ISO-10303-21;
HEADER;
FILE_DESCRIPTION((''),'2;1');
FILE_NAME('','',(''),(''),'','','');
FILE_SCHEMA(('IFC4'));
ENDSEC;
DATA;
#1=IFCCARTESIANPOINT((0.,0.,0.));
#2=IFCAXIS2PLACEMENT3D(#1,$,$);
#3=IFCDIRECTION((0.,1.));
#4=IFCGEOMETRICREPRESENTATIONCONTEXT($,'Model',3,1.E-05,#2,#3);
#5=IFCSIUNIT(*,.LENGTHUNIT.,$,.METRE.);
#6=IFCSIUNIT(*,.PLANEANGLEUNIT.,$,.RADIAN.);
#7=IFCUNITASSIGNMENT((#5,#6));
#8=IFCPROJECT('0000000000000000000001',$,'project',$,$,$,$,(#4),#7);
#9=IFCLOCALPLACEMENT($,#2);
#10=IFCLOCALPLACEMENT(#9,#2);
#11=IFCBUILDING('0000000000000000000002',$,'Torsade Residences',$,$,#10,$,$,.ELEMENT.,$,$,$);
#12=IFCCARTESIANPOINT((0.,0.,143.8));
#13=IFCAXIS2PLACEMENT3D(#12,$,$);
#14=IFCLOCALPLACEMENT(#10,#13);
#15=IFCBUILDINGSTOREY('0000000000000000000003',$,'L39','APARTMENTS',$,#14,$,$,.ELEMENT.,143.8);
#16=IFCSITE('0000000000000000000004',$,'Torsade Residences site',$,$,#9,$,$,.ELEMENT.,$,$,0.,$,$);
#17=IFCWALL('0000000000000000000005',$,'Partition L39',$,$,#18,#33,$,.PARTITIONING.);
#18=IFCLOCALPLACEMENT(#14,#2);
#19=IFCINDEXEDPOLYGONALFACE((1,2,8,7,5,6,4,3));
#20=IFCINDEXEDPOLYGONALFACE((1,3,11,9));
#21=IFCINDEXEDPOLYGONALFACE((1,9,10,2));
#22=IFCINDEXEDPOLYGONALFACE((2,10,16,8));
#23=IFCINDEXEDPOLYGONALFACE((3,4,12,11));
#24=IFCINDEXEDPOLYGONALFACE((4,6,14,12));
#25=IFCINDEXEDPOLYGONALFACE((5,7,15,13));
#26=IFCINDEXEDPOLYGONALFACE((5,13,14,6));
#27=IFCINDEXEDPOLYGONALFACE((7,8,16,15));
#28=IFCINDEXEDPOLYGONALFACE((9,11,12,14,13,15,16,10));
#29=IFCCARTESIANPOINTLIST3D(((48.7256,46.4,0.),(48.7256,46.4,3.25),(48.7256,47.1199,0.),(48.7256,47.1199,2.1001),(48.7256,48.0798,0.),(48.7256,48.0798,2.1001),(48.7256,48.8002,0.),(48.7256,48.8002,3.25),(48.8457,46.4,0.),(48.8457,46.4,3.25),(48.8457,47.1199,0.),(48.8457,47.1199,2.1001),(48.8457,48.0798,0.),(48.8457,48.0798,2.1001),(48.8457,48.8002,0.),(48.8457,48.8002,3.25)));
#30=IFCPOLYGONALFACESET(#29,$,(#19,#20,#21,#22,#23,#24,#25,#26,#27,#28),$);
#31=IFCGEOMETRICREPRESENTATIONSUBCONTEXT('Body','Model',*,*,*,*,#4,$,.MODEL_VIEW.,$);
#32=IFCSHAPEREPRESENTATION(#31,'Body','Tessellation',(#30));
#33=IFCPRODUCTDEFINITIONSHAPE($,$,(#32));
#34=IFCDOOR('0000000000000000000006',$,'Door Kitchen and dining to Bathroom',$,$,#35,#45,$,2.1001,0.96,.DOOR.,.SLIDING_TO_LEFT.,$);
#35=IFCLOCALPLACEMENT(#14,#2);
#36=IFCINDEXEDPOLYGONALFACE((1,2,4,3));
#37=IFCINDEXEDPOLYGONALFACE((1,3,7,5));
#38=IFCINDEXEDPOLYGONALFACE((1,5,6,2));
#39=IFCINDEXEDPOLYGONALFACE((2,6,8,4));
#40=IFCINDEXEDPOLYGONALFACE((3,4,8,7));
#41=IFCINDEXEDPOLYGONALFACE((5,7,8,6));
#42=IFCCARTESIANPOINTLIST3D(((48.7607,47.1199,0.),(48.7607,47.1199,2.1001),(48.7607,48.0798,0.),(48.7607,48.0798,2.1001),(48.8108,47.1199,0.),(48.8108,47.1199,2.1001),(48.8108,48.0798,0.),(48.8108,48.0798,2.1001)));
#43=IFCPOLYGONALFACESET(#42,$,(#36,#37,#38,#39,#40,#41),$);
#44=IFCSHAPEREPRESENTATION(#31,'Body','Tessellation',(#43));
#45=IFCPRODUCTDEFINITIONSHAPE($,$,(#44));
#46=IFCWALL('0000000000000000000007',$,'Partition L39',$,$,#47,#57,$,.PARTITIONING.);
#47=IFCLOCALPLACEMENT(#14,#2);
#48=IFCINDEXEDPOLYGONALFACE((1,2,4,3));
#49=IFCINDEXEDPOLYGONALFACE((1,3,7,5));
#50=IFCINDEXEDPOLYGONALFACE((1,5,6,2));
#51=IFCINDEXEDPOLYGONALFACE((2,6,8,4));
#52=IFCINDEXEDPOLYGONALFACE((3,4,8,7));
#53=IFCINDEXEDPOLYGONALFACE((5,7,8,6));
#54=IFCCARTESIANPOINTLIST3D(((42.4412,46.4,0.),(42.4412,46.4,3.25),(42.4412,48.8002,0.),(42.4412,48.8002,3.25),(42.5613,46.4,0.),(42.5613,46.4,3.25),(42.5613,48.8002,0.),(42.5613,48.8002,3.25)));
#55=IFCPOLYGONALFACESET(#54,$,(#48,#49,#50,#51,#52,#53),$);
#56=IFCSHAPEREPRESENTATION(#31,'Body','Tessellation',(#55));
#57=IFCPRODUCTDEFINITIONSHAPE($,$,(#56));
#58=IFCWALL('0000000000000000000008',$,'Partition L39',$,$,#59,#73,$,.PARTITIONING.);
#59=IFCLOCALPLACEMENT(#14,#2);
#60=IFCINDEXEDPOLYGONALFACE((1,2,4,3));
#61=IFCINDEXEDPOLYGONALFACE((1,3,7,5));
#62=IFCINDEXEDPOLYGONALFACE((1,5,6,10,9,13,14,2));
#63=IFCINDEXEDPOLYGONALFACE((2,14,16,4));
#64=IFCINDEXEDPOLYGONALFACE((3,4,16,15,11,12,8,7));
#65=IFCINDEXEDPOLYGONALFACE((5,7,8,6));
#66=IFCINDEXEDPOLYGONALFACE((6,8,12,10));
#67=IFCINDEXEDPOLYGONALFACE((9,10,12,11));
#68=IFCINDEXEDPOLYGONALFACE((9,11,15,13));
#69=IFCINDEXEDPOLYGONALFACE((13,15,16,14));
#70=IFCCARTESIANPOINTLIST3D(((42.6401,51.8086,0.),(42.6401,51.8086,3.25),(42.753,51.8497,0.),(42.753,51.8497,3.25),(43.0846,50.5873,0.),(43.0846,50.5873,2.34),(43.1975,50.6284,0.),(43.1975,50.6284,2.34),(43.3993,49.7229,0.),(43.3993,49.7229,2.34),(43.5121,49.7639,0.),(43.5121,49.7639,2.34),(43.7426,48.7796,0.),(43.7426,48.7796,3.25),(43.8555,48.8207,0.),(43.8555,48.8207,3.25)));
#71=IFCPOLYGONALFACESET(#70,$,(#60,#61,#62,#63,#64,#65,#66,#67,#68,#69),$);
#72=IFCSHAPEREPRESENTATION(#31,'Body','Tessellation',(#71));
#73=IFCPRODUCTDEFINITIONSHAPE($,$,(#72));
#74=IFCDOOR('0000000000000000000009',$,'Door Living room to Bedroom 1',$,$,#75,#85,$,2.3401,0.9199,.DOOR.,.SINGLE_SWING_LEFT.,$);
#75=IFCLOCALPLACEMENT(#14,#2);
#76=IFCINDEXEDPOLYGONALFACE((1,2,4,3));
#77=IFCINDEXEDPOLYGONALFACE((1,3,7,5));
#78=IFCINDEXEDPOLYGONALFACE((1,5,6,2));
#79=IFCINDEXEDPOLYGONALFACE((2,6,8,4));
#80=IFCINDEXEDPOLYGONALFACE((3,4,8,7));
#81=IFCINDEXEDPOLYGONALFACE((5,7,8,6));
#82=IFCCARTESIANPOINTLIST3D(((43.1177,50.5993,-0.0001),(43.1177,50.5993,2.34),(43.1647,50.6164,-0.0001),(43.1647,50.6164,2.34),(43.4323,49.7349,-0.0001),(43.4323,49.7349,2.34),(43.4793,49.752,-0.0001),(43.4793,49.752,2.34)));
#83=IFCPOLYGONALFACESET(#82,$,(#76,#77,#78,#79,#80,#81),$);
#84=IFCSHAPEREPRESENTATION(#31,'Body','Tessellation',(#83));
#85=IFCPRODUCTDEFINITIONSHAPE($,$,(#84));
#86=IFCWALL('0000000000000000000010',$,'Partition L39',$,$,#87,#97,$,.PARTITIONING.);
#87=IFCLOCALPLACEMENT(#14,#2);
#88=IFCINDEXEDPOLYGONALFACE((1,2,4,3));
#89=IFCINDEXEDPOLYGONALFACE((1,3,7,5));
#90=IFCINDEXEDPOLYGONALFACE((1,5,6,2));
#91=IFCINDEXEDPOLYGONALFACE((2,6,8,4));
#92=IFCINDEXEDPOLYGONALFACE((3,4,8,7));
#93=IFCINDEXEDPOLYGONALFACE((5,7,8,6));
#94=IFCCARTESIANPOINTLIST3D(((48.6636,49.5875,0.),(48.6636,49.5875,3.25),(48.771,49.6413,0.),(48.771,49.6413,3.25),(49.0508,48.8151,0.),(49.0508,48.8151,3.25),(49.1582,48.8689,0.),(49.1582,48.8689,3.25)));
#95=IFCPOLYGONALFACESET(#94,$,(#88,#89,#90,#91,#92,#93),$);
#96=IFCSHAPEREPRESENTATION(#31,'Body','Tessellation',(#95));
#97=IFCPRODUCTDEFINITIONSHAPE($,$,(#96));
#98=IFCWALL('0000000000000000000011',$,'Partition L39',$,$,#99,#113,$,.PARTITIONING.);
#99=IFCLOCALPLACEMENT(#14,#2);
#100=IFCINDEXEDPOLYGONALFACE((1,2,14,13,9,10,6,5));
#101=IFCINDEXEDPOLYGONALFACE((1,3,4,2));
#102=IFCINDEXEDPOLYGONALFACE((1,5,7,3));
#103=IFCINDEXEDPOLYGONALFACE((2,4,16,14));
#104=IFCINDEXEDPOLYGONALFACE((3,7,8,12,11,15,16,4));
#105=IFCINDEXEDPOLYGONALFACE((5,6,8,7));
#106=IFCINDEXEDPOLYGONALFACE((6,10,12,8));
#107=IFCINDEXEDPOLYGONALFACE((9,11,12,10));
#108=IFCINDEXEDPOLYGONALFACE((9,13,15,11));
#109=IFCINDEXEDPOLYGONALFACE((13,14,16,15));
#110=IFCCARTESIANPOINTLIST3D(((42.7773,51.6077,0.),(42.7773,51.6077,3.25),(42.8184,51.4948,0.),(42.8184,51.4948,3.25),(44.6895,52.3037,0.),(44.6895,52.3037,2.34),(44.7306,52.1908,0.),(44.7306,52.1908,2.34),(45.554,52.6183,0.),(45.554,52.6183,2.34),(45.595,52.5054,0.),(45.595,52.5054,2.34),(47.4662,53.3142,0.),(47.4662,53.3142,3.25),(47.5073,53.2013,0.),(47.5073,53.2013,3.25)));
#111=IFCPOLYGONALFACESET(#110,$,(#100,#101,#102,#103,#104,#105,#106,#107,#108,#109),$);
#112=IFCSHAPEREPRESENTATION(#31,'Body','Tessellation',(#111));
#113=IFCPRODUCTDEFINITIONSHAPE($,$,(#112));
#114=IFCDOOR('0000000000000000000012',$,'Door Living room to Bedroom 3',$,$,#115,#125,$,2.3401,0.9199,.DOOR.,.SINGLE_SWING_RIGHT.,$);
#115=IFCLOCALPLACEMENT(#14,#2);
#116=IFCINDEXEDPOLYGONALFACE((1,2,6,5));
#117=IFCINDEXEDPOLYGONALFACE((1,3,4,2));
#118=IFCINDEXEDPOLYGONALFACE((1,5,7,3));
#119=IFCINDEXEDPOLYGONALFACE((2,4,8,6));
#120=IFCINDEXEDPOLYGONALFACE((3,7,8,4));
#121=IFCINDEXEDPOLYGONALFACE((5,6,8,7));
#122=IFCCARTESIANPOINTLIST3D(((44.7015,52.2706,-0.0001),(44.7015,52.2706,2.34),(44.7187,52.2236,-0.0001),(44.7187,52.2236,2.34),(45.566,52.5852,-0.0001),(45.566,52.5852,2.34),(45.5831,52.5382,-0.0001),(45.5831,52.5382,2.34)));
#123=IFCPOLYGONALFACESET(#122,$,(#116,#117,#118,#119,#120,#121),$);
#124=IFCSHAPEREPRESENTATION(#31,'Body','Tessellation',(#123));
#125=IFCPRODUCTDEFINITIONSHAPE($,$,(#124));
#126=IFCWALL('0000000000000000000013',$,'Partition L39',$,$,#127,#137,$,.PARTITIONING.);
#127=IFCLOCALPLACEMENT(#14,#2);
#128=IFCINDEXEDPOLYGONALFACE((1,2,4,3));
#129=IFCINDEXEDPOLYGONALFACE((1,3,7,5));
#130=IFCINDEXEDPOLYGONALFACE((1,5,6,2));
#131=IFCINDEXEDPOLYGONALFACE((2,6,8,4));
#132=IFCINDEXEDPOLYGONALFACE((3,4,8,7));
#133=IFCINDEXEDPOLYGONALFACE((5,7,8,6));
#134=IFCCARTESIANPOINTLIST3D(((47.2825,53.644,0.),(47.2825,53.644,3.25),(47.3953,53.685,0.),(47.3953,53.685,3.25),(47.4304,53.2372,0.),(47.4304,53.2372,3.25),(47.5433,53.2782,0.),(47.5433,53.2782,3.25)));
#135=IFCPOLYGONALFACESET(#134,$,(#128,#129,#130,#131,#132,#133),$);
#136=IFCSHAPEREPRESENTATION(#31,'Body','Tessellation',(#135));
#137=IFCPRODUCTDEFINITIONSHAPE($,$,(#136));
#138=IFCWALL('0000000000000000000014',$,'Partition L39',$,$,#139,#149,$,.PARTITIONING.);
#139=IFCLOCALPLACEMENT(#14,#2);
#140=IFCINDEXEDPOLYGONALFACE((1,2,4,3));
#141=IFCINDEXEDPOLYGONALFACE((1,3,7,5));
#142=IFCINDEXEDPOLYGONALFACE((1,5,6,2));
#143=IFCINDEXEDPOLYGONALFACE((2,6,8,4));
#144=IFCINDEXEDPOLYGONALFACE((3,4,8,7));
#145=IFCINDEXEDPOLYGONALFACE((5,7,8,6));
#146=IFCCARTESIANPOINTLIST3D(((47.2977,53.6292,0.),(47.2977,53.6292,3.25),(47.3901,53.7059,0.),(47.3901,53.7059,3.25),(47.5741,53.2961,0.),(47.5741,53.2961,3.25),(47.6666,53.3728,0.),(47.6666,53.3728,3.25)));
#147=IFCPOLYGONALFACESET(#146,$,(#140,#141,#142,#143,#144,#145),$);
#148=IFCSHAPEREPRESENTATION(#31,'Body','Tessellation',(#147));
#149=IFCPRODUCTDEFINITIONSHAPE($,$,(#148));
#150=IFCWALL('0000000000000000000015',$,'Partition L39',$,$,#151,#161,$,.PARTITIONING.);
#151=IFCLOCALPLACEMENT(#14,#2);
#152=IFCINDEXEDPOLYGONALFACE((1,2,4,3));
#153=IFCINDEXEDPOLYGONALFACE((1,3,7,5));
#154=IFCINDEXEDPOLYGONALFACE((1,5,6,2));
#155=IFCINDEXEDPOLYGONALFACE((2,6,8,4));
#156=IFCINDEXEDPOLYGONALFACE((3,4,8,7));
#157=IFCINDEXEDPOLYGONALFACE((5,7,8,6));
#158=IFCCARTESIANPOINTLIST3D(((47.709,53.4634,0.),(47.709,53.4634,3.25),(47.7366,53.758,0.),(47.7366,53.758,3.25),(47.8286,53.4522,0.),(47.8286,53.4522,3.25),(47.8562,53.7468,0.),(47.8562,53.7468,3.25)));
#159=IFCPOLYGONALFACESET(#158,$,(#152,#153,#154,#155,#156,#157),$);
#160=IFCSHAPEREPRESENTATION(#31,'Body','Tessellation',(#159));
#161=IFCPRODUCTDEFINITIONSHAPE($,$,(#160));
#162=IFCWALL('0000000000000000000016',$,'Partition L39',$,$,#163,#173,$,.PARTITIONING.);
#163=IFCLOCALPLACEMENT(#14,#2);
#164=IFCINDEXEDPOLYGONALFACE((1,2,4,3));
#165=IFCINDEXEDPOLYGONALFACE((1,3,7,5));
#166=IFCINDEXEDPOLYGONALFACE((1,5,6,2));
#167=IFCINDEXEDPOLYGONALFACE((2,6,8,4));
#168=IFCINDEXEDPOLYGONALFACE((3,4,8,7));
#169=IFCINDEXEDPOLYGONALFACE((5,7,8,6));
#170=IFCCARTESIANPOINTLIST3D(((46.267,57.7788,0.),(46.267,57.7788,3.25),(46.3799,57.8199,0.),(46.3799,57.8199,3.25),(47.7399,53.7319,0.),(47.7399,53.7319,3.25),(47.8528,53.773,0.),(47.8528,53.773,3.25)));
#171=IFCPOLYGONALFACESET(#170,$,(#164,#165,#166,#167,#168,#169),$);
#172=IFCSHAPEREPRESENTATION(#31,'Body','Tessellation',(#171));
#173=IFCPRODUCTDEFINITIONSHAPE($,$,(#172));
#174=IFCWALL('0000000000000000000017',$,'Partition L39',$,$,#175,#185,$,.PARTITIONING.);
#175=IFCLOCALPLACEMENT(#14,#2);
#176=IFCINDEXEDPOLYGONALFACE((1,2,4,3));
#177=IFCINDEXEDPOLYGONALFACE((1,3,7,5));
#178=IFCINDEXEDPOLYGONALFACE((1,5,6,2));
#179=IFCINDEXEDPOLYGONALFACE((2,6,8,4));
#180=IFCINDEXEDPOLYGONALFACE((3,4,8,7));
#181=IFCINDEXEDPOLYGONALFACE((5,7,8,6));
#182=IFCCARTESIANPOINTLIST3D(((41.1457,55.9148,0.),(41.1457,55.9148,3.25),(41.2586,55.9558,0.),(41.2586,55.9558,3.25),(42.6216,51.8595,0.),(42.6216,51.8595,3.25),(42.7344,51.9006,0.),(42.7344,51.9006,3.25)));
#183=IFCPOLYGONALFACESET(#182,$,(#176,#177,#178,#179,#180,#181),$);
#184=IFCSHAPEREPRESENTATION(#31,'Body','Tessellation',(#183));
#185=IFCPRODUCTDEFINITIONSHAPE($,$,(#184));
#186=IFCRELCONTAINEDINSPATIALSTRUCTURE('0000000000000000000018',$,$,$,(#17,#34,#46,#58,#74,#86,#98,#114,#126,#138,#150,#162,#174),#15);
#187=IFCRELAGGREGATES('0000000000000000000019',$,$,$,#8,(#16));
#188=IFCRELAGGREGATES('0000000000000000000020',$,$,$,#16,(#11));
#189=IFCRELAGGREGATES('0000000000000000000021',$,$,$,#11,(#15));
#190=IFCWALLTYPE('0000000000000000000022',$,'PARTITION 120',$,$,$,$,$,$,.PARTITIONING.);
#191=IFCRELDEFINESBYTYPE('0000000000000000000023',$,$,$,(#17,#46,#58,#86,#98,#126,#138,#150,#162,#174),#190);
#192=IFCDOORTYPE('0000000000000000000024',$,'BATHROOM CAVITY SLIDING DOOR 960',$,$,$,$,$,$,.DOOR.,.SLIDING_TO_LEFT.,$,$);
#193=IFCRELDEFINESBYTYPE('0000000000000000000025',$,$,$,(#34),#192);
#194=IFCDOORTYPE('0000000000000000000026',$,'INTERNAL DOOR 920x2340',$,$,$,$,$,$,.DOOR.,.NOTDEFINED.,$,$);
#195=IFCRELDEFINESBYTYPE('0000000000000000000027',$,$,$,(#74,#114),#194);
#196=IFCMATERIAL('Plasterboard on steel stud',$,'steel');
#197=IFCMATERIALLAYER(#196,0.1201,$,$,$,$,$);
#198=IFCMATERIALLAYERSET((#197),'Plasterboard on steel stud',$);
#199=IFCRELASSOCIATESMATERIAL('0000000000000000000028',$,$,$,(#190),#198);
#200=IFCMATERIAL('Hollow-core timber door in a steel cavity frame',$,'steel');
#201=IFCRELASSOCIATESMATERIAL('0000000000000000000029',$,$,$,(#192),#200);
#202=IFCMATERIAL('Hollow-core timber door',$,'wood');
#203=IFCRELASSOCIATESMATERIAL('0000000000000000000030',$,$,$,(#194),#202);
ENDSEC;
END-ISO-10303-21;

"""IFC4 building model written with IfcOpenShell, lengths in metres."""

from ifc_helpers import new_model, si_unit, direction, frame, frame_2d, origin, place, context, subcontext, project, spatial, rectangle, extrude, material, layer, layer_set, type_object, element, fill, save


model = new_model("IFC4")

# Units and contexts
model_context = context("Model", 3, precision=1e-05, world=origin(), true_north=direction((0.0, 1.0)))
body_context = subcontext(model_context, "Body", "Model", "MODEL_VIEW")
ifc_project = project(units=[si_unit("LENGTHUNIT", "METRE"), si_unit("PLANEANGLEUNIT", "RADIAN")], contexts=[model_context])

# Site, building, storey
site_placement = place(None, origin())
site = spatial("IfcSite", under=ifc_project, at=site_placement, Name="Torsade Residences site", CompositionType="ELEMENT", RefElevation=0.0)
building_placement = place(site_placement, origin())
building = spatial("IfcBuilding", under=site, at=building_placement, Name="Torsade Residences", CompositionType="ELEMENT")
storey_placement = place(building_placement, frame((0.0, 0.0, 143.8)))
storey = spatial("IfcBuildingStorey", under=building, at=storey_placement, Name="L39", Description="APARTMENTS", CompositionType="ELEMENT", Elevation=143.8)

# Wall, opening, door
ifc_material_1 = material(Name="Plasterboard on steel stud", Category="steel")
ifc_layer_1 = layer(ifc_material_1, 0.1201)
ifc_layer_set_1 = layer_set([ifc_layer_1], Name="Plasterboard on steel stud")
wall_type = type_object("IfcWallType", Name="PARTITION 120", PredefinedType="PARTITIONING", material=ifc_layer_set_1)
wall_1_placement = place(storey_placement, frame((48.7856, 46.3999, 0.0), z_axis=(0.0, 0.0, 1.0), x_axis=(0.0, 1.0, 0.0)))
wall_1 = element("IfcWall", 1, at=wall_1_placement, inside=storey, type_object=wall_type, Name="Partition L39", PredefinedType="PARTITIONING", context=body_context, shape_type="SweptSolid", body=[
    extrude(rectangle(XDim=2.4001, YDim=0.1201, at=frame_2d((1.2002, 0.0))), origin(), (0.0, 0.0, 1.0), 3.25),
])
opening_1_placement = place(wall_1_placement, frame((0.72, 0.0, 0.0)))
opening_1 = element("IfcOpeningElement", 2, at=opening_1_placement, cuts=wall_1, PredefinedType="OPENING", context=body_context, shape_type="SweptSolid", body=[
    extrude(rectangle(XDim=0.96, YDim=2.1001, at=frame_2d((0.48, 1.05))), frame((0.0, 0.0701, 0.0), z_axis=(0.0, -1.0, 0.0), x_axis=(1.0, 0.0, 0.0)), (0.0, 0.0, 1.0), 0.1401),
])
ifc_material_2 = material(Name="Hollow-core timber door in a steel cavity frame", Category="steel")
door_type_1 = type_object("IfcDoorType", Name="BATHROOM CAVITY SLIDING DOOR 960", OperationType="SLIDING_TO_LEFT", PredefinedType="DOOR", material=ifc_material_2)
door_1_placement = place(opening_1_placement, origin())
door_1 = element("IfcDoor", 3, at=door_1_placement, inside=storey, type_object=door_type_1, Name="Door Kitchen and dining to Bathroom", OperationType="SLIDING_TO_LEFT", OverallHeight=2.1001, OverallWidth=0.96, PredefinedType="DOOR", context=body_context, shape_type="SweptSolid", body=[
    extrude(rectangle(XDim=0.96, YDim=2.1001, at=frame_2d((0.48, 1.05))), frame((0.0, 0.0249, 0.0), z_axis=(0.0, -1.0, 0.0), x_axis=(1.0, 0.0, 0.0)), (0.0, 0.0, 1.0), 0.05),
])
fill(opening_1, door_1)

# Wall
wall_2_placement = place(storey_placement, frame((42.5012, 46.3999, 0.0), z_axis=(0.0, 0.0, 1.0), x_axis=(0.0, 1.0, 0.0)))
element("IfcWall", 4, at=wall_2_placement, inside=storey, type_object=wall_type, Name="Partition L39", PredefinedType="PARTITIONING", context=body_context, shape_type="SweptSolid", body=[
    extrude(rectangle(XDim=2.4001, YDim=0.1201, at=frame_2d((1.2002, 0.0))), origin(), (0.0, 0.0, 1.0), 3.25),
])

# Wall, opening, door
wall_3_placement = place(storey_placement, frame((43.7991, 48.8, 0.0), z_axis=(0.0, 0.0, 1.0), x_axis=(-0.342035, 0.939687, 0.0)))
wall_3 = element("IfcWall", 5, at=wall_3_placement, inside=storey, type_object=wall_type, Name="Partition L39", PredefinedType="PARTITIONING", context=body_context, shape_type="SweptSolid", body=[
    extrude(rectangle(XDim=3.2234, YDim=0.1201, at=frame_2d((1.6118, 0.0))), origin(), (0.0, 0.0, 1.0), 3.25),
])
opening_2_placement = place(wall_3_placement, frame((1.0039, 0.0, 0.0)))
opening_2 = element("IfcOpeningElement", 6, at=opening_2_placement, cuts=wall_3, PredefinedType="OPENING", context=body_context, shape_type="SweptSolid", body=[
    extrude(rectangle(XDim=0.9199, YDim=2.3401, at=frame_2d((0.46, 1.1699))), frame((0.0, 0.0701, 0.0), z_axis=(0.0, -1.0, 0.0), x_axis=(1.0, 0.0, 0.0)), (0.0, 0.0, 1.0), 0.1401),
])
ifc_material_3 = material(Name="Hollow-core timber door", Category="wood")
door_type_2 = type_object("IfcDoorType", Name="INTERNAL DOOR 920x2340", OperationType="NOTDEFINED", PredefinedType="DOOR", material=ifc_material_3)
door_2_placement = place(opening_2_placement, origin())
door_2 = element("IfcDoor", 7, at=door_2_placement, inside=storey, type_object=door_type_2, Name="Door Living room to Bedroom 1", OperationType="SINGLE_SWING_LEFT", OverallHeight=2.3401, OverallWidth=0.9199, PredefinedType="DOOR", context=body_context, shape_type="SweptSolid", body=[
    extrude(rectangle(XDim=0.9199, YDim=2.3401, at=frame_2d((0.46, 1.1699))), frame((0.0, 0.0249, 0.0), z_axis=(0.0, -1.0, 0.0), x_axis=(1.0, 0.0, 0.0)), (0.0, 0.0, 1.0), 0.05),
])
fill(opening_2, door_2)

# Wall
wall_4_placement = place(storey_placement, frame((48.7173, 49.6145, 0.0), z_axis=(0.0, 0.0, 1.0), x_axis=(0.448118, -0.893975, 0.0)))
element("IfcWall", 8, at=wall_4_placement, inside=storey, type_object=wall_type, Name="Partition L39", PredefinedType="PARTITIONING", context=body_context, shape_type="SweptSolid", body=[
    extrude(rectangle(XDim=0.864, YDim=0.1201, at=frame_2d((0.4321, 0.0))), origin(), (0.0, 0.0, 1.0), 3.25),
])

# Wall, opening, door
wall_5_placement = place(storey_placement, frame((42.7979, 51.5513, 0.0), z_axis=(0.0, 0.0, 1.0), x_axis=(0.939699, 0.342002, 0.0)))
wall_5 = element("IfcWall", 9, at=wall_5_placement, inside=storey, type_object=wall_type, Name="Partition L39", PredefinedType="PARTITIONING", context=body_context, shape_type="SweptSolid", body=[
    extrude(rectangle(XDim=4.9897, YDim=0.1201, at=frame_2d((2.4949, 0.0))), origin(), (0.0, 0.0, 1.0), 3.25),
])
opening_3_placement = place(wall_5_placement, frame((2.0349, 0.0, 0.0)))
opening_3 = element("IfcOpeningElement", 10, at=opening_3_placement, cuts=wall_5, PredefinedType="OPENING", context=body_context, shape_type="SweptSolid", body=[
    extrude(rectangle(XDim=0.9199, YDim=2.3401, at=frame_2d((0.46, 1.1699))), frame((0.0, 0.0701, 0.0), z_axis=(0.0, -1.0, 0.0), x_axis=(1.0, 0.0, 0.0)), (0.0, 0.0, 1.0), 0.1401),
])
door_3_placement = place(opening_3_placement, origin())
door_3 = element("IfcDoor", 11, at=door_3_placement, inside=storey, type_object=door_type_2, Name="Door Living room to Bedroom 3", OperationType="SINGLE_SWING_RIGHT", OverallHeight=2.3401, OverallWidth=0.9199, PredefinedType="DOOR", context=body_context, shape_type="SweptSolid", body=[
    extrude(rectangle(XDim=0.9199, YDim=2.3401, at=frame_2d((0.46, 1.1699))), frame((0.0, 0.0249, 0.0), z_axis=(0.0, -1.0, 0.0), x_axis=(1.0, 0.0, 0.0)), (0.0, 0.0, 1.0), 0.05),
])
fill(opening_3, door_3)

# Walls
for number, where, z_axis, x_axis, name in (
    (12, (47.4868, 53.2578, 0.0), (0.0, 0.0, 1.0), (-0.341834, 0.93976, 0.0), "Partition L39"),
    (13, (47.344, 53.6675, 0.0), (0.0, 0.0, 1.0), (0.638629, -0.769515, 0.0), "Partition L39"),
):
    element("IfcWall", number, at=place(storey_placement, frame(where, z_axis=z_axis, x_axis=x_axis)), inside=storey, type_object=wall_type, Name=name, PredefinedType="PARTITIONING", context=body_context, shape_type="SweptSolid", body=[
        extrude(rectangle(XDim=0.4329, YDim=0.1201, at=frame_2d((0.2163, 0.0))), origin(), (0.0, 0.0, 1.0), 3.25),
    ])
wall_6_placement = place(storey_placement, frame((47.7688, 53.4578, 0.0), z_axis=(0.0, 0.0, 1.0), x_axis=(0.093213, 0.995646, 0.0)))
element("IfcWall", 14, at=wall_6_placement, inside=storey, type_object=wall_type, Name="Partition L39", PredefinedType="PARTITIONING", context=body_context, shape_type="SweptSolid", body=[
    extrude(rectangle(XDim=0.2959, YDim=0.1201, at=frame_2d((0.1479, 0.0))), origin(), (0.0, 0.0, 1.0), 3.25),
])
wall_7_placement = place(storey_placement, frame((47.7964, 53.7524, 0.0), z_axis=(0.0, 0.0, 1.0), x_axis=(-0.342012, 0.939696, 0.0)))
element("IfcWall", 15, at=wall_7_placement, inside=storey, type_object=wall_type, Name="Partition L39", PredefinedType="PARTITIONING", context=body_context, shape_type="SweptSolid", body=[
    extrude(rectangle(XDim=4.3066, YDim=0.1201, at=frame_2d((2.1533, 0.0))), origin(), (0.0, 0.0, 1.0), 3.25),
])
wall_8_placement = place(storey_placement, frame((41.2021, 55.9353, 0.0), z_axis=(0.0, 0.0, 1.0), x_axis=(0.341993, -0.939703, 0.0)))
element("IfcWall", 16, at=wall_8_placement, inside=storey, type_object=wall_type, Name="Partition L39", PredefinedType="PARTITIONING", context=body_context, shape_type="SweptSolid", body=[
    extrude(rectangle(XDim=4.3154, YDim=0.1201, at=frame_2d((2.1577, 0.0))), origin(), (0.0, 0.0, 1.0), 3.25),
])

save(model, "model.ifc")
